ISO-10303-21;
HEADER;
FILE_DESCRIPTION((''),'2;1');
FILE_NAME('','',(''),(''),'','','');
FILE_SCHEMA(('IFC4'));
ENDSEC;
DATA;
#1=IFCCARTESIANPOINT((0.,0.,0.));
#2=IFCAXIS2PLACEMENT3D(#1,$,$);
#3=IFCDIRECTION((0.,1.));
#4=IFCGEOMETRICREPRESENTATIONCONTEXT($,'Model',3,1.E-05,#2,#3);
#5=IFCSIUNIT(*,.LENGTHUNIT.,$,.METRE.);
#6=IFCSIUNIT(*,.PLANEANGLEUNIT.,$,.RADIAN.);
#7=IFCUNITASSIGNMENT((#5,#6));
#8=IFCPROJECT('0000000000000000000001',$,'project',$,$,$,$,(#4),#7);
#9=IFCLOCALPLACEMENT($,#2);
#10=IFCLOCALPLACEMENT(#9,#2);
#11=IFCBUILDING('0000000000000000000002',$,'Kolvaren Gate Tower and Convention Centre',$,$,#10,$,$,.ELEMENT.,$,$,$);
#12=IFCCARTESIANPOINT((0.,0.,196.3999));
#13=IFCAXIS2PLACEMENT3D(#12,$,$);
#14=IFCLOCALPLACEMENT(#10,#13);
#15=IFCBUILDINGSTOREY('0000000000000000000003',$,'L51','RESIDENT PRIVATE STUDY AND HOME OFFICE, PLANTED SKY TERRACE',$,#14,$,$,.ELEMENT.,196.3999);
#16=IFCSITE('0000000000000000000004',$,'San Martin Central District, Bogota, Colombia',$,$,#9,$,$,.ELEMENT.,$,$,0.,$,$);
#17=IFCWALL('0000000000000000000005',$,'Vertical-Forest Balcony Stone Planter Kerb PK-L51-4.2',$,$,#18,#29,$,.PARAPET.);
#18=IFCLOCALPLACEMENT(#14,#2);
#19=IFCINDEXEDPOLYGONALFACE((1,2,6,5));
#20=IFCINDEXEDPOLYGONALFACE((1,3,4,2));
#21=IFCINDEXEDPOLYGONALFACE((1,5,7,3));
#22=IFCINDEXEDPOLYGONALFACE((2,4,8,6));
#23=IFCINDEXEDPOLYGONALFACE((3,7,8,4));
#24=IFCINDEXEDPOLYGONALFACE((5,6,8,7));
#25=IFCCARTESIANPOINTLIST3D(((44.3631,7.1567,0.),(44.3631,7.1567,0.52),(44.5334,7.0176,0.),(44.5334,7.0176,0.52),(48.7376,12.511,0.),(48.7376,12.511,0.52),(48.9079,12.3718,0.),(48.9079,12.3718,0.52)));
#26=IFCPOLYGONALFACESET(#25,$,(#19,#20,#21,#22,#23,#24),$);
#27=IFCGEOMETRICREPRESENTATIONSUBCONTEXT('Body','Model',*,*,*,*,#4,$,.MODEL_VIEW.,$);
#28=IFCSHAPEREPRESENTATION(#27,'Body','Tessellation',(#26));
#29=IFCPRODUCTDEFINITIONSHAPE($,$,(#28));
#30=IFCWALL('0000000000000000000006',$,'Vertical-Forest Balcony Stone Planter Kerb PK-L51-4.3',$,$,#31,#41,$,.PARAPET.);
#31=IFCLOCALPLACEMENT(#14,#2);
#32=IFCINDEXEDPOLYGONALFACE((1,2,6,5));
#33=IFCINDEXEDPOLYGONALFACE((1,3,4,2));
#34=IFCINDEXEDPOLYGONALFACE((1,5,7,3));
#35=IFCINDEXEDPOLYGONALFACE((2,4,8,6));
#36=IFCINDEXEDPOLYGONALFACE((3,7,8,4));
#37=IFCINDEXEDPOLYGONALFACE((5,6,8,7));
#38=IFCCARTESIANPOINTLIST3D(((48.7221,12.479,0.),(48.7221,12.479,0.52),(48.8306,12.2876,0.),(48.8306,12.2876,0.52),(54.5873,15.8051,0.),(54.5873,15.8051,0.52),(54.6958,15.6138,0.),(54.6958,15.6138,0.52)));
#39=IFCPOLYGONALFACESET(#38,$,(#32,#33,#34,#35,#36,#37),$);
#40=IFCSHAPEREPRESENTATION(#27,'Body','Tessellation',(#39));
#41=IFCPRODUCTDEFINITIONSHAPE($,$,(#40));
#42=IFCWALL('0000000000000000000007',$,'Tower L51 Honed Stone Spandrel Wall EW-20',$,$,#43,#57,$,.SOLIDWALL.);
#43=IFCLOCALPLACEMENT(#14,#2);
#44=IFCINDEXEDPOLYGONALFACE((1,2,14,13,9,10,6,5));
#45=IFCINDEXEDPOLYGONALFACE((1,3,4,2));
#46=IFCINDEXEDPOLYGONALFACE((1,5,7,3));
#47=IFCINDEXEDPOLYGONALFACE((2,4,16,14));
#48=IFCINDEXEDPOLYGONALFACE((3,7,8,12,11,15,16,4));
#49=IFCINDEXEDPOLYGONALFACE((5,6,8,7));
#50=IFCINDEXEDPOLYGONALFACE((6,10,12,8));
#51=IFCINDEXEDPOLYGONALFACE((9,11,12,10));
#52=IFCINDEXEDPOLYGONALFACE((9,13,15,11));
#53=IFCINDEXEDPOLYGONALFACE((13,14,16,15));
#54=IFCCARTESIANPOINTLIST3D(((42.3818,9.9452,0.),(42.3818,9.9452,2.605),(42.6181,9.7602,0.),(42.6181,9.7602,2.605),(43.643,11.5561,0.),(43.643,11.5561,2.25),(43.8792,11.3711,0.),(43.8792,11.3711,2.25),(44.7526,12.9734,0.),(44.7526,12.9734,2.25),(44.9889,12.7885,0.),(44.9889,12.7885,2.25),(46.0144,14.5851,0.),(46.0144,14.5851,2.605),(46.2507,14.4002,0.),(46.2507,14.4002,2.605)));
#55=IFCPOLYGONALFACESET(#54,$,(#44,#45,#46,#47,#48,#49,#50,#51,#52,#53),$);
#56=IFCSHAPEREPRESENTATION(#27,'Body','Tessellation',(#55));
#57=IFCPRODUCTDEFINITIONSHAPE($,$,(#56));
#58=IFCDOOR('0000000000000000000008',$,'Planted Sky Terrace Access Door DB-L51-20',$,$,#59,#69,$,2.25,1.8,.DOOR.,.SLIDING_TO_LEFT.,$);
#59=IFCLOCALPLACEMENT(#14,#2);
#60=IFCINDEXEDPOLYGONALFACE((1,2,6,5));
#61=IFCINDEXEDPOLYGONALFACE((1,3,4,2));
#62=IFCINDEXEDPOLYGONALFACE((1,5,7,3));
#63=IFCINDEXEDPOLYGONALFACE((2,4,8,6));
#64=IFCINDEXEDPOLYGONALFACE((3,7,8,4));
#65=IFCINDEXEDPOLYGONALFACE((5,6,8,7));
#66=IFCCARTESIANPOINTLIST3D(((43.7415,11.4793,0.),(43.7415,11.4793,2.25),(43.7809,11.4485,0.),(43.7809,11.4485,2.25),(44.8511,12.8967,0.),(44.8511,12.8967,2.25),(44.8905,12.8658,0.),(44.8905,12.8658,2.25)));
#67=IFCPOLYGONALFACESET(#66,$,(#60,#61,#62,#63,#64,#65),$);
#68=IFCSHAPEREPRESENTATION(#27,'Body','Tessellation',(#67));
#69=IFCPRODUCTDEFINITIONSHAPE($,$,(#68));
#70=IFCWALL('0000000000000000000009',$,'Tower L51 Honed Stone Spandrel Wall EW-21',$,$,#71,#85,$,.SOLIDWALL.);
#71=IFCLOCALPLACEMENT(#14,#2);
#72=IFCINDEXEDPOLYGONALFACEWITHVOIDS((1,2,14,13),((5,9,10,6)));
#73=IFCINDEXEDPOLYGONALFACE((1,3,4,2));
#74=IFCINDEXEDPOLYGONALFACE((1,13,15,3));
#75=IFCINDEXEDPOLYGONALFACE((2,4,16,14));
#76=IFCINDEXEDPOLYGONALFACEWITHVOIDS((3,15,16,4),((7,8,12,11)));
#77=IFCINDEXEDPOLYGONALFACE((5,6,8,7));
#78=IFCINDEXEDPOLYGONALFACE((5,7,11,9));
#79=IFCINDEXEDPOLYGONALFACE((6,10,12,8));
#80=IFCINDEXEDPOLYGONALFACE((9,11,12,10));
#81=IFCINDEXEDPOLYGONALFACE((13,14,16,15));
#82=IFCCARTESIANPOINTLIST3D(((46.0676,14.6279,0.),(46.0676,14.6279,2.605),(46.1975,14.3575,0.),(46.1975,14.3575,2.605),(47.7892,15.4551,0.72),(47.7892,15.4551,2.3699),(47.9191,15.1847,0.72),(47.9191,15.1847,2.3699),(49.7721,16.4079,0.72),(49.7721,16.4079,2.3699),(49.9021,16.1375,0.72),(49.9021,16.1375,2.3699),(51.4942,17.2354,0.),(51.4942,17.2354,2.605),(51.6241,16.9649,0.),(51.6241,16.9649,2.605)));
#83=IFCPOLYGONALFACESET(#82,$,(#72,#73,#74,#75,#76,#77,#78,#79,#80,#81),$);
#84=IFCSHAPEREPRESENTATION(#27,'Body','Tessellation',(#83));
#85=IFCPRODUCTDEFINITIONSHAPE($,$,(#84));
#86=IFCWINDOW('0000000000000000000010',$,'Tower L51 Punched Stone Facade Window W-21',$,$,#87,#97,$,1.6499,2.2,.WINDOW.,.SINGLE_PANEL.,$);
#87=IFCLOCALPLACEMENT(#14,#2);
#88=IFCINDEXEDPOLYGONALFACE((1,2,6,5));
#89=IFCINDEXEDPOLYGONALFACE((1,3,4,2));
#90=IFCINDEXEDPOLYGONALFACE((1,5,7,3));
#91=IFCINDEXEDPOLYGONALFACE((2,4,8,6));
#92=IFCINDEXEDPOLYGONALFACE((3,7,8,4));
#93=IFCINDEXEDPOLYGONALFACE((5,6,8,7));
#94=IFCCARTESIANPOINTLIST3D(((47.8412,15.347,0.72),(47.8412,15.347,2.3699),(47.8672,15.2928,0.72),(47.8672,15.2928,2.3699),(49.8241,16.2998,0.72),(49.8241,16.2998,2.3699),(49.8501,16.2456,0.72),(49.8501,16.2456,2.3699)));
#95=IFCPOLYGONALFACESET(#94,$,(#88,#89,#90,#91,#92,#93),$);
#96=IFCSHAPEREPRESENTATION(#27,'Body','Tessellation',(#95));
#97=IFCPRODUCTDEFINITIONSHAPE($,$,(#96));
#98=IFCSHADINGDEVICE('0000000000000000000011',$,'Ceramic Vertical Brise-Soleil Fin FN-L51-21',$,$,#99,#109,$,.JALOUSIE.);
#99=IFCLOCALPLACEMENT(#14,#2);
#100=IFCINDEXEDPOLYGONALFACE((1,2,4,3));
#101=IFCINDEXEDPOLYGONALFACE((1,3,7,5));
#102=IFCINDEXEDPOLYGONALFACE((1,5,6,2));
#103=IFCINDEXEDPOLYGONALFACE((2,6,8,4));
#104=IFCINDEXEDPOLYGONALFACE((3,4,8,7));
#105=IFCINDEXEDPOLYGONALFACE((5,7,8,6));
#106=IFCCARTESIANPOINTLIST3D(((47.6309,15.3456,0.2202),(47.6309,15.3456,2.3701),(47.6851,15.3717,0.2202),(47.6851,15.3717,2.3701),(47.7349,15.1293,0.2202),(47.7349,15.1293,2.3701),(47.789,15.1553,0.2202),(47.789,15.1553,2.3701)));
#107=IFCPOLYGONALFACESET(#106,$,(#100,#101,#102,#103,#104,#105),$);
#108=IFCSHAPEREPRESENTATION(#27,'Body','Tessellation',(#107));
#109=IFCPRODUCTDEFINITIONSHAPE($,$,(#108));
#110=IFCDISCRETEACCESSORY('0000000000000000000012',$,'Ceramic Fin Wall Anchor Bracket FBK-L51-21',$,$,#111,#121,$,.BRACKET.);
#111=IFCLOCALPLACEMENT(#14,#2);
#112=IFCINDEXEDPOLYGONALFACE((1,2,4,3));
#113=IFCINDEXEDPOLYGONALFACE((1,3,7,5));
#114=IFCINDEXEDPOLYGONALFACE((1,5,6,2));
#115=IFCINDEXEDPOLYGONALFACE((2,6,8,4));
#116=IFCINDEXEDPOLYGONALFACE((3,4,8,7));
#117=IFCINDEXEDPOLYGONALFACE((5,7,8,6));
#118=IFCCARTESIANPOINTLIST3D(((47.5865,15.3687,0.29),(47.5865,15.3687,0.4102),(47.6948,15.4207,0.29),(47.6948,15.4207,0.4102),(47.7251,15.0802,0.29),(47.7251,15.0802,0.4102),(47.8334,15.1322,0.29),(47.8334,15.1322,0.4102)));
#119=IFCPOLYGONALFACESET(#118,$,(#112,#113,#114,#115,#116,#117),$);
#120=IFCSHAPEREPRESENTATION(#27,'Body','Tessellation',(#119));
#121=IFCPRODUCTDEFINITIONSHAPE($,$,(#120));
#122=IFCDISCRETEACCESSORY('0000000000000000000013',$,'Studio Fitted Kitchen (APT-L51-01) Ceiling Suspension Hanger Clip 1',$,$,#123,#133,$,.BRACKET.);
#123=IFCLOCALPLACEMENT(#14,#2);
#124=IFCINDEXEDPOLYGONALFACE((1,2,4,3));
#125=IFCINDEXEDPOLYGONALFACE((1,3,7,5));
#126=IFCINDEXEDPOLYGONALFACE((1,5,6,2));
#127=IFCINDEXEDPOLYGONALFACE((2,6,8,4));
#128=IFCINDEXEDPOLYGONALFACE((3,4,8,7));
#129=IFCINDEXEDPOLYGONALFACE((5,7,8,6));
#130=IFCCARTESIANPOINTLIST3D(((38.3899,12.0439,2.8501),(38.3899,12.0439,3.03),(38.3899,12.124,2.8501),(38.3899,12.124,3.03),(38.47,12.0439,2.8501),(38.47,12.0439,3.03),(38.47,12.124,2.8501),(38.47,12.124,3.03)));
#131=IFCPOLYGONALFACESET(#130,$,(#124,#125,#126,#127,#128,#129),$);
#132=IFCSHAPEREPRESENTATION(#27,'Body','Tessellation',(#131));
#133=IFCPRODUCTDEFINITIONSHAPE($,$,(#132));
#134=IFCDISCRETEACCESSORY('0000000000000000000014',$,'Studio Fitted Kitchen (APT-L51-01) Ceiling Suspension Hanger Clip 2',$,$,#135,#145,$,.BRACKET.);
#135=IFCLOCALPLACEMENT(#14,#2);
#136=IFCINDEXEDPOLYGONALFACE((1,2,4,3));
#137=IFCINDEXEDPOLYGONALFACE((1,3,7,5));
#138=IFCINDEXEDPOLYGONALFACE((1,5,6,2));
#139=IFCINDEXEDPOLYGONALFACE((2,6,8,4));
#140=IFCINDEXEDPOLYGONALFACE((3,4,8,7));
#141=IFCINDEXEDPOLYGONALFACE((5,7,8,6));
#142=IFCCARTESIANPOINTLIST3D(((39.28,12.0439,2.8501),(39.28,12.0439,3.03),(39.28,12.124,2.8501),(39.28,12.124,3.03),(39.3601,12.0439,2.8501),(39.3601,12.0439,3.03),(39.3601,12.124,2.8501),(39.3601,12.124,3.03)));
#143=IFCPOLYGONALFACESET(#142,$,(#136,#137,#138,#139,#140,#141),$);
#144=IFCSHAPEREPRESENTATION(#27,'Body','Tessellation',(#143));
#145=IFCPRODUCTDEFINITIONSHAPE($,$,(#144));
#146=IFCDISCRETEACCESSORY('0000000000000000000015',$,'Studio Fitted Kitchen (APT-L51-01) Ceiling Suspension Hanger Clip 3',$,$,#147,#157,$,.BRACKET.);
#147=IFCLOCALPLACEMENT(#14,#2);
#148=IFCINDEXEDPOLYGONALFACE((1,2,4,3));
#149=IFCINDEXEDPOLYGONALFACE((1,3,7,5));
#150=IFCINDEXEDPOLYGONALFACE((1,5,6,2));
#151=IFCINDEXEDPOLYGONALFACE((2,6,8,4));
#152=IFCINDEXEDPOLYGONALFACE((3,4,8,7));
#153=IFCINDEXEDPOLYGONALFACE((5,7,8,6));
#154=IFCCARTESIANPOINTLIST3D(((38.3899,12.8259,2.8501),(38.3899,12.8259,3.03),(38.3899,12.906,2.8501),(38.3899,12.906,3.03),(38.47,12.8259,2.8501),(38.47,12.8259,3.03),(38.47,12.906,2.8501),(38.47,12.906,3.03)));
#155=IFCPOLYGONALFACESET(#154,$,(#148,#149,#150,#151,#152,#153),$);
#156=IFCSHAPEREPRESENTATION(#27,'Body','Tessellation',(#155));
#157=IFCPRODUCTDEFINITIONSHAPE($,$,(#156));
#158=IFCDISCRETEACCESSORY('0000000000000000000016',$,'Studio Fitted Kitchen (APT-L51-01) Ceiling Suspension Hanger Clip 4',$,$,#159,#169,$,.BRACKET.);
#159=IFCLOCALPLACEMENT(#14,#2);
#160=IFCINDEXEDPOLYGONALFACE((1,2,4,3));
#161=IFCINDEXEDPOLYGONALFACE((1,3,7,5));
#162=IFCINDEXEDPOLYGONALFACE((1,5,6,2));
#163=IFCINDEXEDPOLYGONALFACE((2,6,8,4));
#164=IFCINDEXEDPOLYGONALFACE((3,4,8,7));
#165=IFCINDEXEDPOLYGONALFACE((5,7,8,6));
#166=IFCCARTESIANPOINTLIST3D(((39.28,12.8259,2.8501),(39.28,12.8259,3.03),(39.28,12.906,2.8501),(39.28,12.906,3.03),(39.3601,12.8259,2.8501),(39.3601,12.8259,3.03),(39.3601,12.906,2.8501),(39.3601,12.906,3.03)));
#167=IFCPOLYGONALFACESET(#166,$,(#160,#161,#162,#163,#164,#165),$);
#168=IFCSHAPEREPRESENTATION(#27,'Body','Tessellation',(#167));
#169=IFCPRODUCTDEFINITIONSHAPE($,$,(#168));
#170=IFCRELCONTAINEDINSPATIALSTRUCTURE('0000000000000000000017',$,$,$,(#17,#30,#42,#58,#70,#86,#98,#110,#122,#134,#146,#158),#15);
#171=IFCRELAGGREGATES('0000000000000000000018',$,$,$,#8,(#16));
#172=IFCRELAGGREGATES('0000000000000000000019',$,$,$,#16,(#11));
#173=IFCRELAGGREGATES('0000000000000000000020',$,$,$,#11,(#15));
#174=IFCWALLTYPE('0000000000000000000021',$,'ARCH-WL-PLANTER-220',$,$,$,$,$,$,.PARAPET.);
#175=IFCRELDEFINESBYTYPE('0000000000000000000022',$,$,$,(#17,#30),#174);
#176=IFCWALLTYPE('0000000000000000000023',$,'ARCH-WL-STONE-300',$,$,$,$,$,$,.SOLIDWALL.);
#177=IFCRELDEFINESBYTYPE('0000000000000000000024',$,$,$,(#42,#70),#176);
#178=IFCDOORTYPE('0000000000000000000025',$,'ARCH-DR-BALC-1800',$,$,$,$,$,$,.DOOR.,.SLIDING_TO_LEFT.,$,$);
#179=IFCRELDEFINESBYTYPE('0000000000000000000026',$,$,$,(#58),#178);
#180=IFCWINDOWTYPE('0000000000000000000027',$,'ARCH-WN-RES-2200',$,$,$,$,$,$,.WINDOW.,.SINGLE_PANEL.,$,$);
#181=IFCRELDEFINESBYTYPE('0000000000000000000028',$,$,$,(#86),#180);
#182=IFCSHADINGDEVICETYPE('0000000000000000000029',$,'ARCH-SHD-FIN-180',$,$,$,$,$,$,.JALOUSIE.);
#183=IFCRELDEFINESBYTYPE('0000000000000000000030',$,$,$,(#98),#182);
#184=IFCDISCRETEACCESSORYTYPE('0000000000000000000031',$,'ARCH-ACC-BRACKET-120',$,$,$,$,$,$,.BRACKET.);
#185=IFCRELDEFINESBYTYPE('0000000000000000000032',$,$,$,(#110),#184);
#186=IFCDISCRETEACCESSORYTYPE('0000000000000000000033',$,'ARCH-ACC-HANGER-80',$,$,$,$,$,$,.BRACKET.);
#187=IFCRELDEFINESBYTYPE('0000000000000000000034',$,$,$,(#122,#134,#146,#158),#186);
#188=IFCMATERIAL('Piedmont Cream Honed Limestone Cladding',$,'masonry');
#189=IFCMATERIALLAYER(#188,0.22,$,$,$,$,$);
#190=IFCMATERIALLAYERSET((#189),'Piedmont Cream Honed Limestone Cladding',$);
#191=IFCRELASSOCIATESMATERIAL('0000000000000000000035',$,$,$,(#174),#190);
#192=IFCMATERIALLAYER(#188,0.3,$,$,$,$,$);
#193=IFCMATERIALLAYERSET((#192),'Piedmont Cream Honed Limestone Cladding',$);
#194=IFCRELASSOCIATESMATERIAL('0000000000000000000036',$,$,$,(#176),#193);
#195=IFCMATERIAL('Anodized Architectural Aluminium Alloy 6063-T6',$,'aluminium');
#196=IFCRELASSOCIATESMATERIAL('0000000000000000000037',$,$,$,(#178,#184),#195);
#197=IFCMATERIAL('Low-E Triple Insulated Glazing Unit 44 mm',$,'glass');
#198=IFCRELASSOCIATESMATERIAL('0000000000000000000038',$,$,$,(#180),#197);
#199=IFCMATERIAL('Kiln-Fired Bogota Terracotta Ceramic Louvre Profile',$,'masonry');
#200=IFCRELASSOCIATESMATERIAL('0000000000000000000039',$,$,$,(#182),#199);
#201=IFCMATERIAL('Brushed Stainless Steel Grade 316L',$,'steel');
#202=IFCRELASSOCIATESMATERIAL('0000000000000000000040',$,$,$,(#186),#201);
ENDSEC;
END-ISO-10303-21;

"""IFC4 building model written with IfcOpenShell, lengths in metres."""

from ifc_helpers import new_model, si_unit, direction, frame, frame_2d, origin, origin_2d, place, context, subcontext, project, spatial, rectangle, extrude, material, layer, layer_set, type_object, element, fill, save


model = new_model("IFC4")

# Units and contexts
model_context = context("Model", 3, precision=1e-05, world=origin(), true_north=direction((0.0, 1.0)))
body_context = subcontext(model_context, "Body", "Model", "MODEL_VIEW")
ifc_project = project(units=[si_unit("LENGTHUNIT", "METRE"), si_unit("PLANEANGLEUNIT", "RADIAN")], contexts=[model_context])

# Site, building, storey
site_placement = place(None, origin())
site = spatial("IfcSite", under=ifc_project, at=site_placement, Name="San Martin Central District, Bogota, Colombia", CompositionType="ELEMENT", RefElevation=0.0)
building_placement = place(site_placement, origin())
building = spatial("IfcBuilding", under=site, at=building_placement, Name="Kolvaren Gate Tower and Convention Centre", CompositionType="ELEMENT")
storey_placement = place(building_placement, frame((0.0, 0.0, 196.3999)))
storey = spatial("IfcBuildingStorey", under=building, at=storey_placement, Name="L51", Description="RESIDENT PRIVATE STUDY AND HOME OFFICE, PLANTED SKY TERRACE", CompositionType="ELEMENT", Elevation=196.3999)

# Walls
ifc_material_1 = material(Name="Piedmont Cream Honed Limestone Cladding", Category="masonry")
ifc_layer_1 = layer(ifc_material_1, 0.22)
ifc_layer_set_1 = layer_set([ifc_layer_1], Name="Piedmont Cream Honed Limestone Cladding")
wall_type_1 = type_object("IfcWallType", Name="ARCH-WL-PLANTER-220", PredefinedType="PARAPET", material=ifc_layer_set_1)
wall_1_placement = place(storey_placement, frame((44.4482, 7.0872, 0.0), z_axis=(0.0, 0.0, 1.0), x_axis=(0.632697, 0.774399, 0.0)))
element("IfcWall", 1, at=wall_1_placement, inside=storey, type_object=wall_type_1, Name="Vertical-Forest Balcony Stone Planter Kerb PK-L51-4.2", PredefinedType="PARAPET", context=body_context, shape_type="SweptSolid", body=[
    extrude(rectangle(XDim=6.9141, YDim=0.22, at=frame_2d((3.457, 0.0))), origin(), (0.0, 0.0, 1.0), 0.52),
])
wall_2_placement = place(storey_placement, frame((48.7764, 12.3833, 0.0), z_axis=(0.0, 0.0, 1.0), x_axis=(0.869861, 0.493298, 0.0)))
element("IfcWall", 2, at=wall_2_placement, inside=storey, type_object=wall_type_1, Name="Vertical-Forest Balcony Stone Planter Kerb PK-L51-4.3", PredefinedType="PARAPET", context=body_context, shape_type="SweptSolid", body=[
    extrude(rectangle(XDim=6.7427, YDim=0.22, at=frame_2d((3.3713, 0.0))), origin(), (0.0, 0.0, 1.0), 0.52),
])

# Wall, opening, door
ifc_layer_2 = layer(ifc_material_1, 0.3)
ifc_layer_set_2 = layer_set([ifc_layer_2], Name="Piedmont Cream Honed Limestone Cladding")
wall_type_2 = type_object("IfcWallType", Name="ARCH-WL-STONE-300", PredefinedType="SOLIDWALL", material=ifc_layer_set_2)
wall_3_placement = place(storey_placement, frame((42.5, 9.8528, 0.0), z_axis=(0.0, 0.0, 1.0), x_axis=(0.61645, 0.787394, 0.0)))
wall_3 = element("IfcWall", 3, at=wall_3_placement, inside=storey, type_object=wall_type_2, Name="Tower L51 Honed Stone Spandrel Wall EW-20", PredefinedType="SOLIDWALL", context=body_context, shape_type="SweptSolid", body=[
    extrude(rectangle(XDim=5.8928, YDim=0.3, at=frame_2d((2.9463, 0.0))), origin(), (0.0, 0.0, 1.0), 2.605),
])
opening_1_placement = place(wall_3_placement, frame((2.0459, 0.0, 0.0)))
opening_1 = element("IfcOpeningElement", 4, at=opening_1_placement, cuts=wall_3, PredefinedType="OPENING", context=body_context, shape_type="SweptSolid", body=[
    extrude(rectangle(XDim=1.8, YDim=2.25, at=frame_2d((0.8999, 1.125))), frame((0.0, 0.1599, 0.0), z_axis=(0.0, -1.0, 0.0), x_axis=(1.0, 0.0, 0.0)), (0.0, 0.0, 1.0), 0.3201),
])
ifc_material_2 = material(Name="Anodized Architectural Aluminium Alloy 6063-T6", Category="aluminium")
door_type = type_object("IfcDoorType", Name="ARCH-DR-BALC-1800", OperationType="SLIDING_TO_LEFT", PredefinedType="DOOR", material=ifc_material_2)
door_placement = place(opening_1_placement, frame((1.8, 0.0, 0.0), z_axis=(0.0, 0.0, 1.0), x_axis=(-1.0, 0.0, 0.0)))
door = element("IfcDoor", 5, at=door_placement, inside=storey, type_object=door_type, Name="Planted Sky Terrace Access Door DB-L51-20", OperationType="SLIDING_TO_LEFT", OverallHeight=2.25, OverallWidth=1.8, PredefinedType="DOOR", context=body_context, shape_type="SweptSolid", body=[
    extrude(rectangle(XDim=1.8, YDim=2.25, at=frame_2d((0.8999, 1.125))), frame((0.0, 0.0249, 0.0), z_axis=(0.0, -1.0, 0.0), x_axis=(1.0, 0.0, 0.0)), (0.0, 0.0, 1.0), 0.05),
])
fill(opening_1, door)

# Wall, opening, window
wall_4_placement = place(storey_placement, frame((46.1326, 14.4927, 0.0), z_axis=(0.0, 0.0, 1.0), x_axis=(0.901348, 0.433095, 0.0)))
wall_4 = element("IfcWall", 6, at=wall_4_placement, inside=storey, type_object=wall_type_2, Name="Tower L51 Honed Stone Spandrel Wall EW-21", PredefinedType="SOLIDWALL", context=body_context, shape_type="SweptSolid", body=[
    extrude(rectangle(XDim=6.0205, YDim=0.3, at=frame_2d((3.0103, 0.0))), origin(), (0.0, 0.0, 1.0), 2.605),
])
opening_2_placement = place(wall_4_placement, frame((1.9099, 0.0, 0.72)))
opening_2 = element("IfcOpeningElement", 7, at=opening_2_placement, cuts=wall_4, PredefinedType="OPENING", context=body_context, shape_type="SweptSolid", body=[
    extrude(rectangle(XDim=2.2, YDim=1.6499, at=frame_2d((1.1001, 0.825))), frame((0.0, 0.1599, 0.0), z_axis=(0.0, -1.0, 0.0), x_axis=(1.0, 0.0, 0.0)), (0.0, 0.0, 1.0), 0.3201),
])
ifc_material_3 = material(Name="Low-E Triple Insulated Glazing Unit 44 mm", Category="glass")
window_type = type_object("IfcWindowType", Name="ARCH-WN-RES-2200", PartitioningType="SINGLE_PANEL", PredefinedType="WINDOW", material=ifc_material_3)
window_placement = place(opening_2_placement, origin())
window = element("IfcWindow", 8, at=window_placement, inside=storey, type_object=window_type, Name="Tower L51 Punched Stone Facade Window W-21", OverallHeight=1.6499, OverallWidth=2.2, PartitioningType="SINGLE_PANEL", PredefinedType="WINDOW", context=body_context, shape_type="SweptSolid", body=[
    extrude(rectangle(XDim=2.2, YDim=1.6499, at=frame_2d((1.1001, 0.825))), frame((0.0, 0.03, 0.0), z_axis=(0.0, -1.0, 0.0), x_axis=(1.0, 0.0, 0.0)), (0.0, 0.0, 1.0), 0.0601),
])
fill(opening_2, window)

# Shading device
ifc_material_4 = material(Name="Kiln-Fired Bogota Terracotta Ceramic Louvre Profile", Category="masonry")
shading_device_type = type_object("IfcShadingDeviceType", Name="ARCH-SHD-FIN-180", PredefinedType="JALOUSIE", material=ifc_material_4)
shading_device_placement = place(storey_placement, frame((47.71, 15.2505, 0.2202), z_axis=(0.0, 0.0, 1.0), x_axis=(0.901359, 0.433072, 0.0)))
element("IfcShadingDevice", 9, at=shading_device_placement, inside=storey, type_object=shading_device_type, Name="Ceramic Vertical Brise-Soleil Fin FN-L51-21", PredefinedType="JALOUSIE", context=body_context, shape_type="SweptSolid", body=[
    extrude(rectangle(XDim=0.0601, YDim=0.24, at=origin_2d()), origin(), (0.0, 0.0, 1.0), 2.1499),
])

# Discrete accessories
discrete_accessory_type_1 = type_object("IfcDiscreteAccessoryType", Name="ARCH-ACC-BRACKET-120", PredefinedType="BRACKET", material=ifc_material_2)
discrete_accessory_placement = place(storey_placement, frame((47.71, 15.2505, 0.29), z_axis=(0.0, 0.0, 1.0), x_axis=(0.901359, 0.433072, 0.0)))
element("IfcDiscreteAccessory", 10, at=discrete_accessory_placement, inside=storey, type_object=discrete_accessory_type_1, Name="Ceramic Fin Wall Anchor Bracket FBK-L51-21", PredefinedType="BRACKET", context=body_context, shape_type="SweptSolid", body=[
    extrude(rectangle(XDim=0.1201, YDim=0.3201, at=origin_2d()), origin(), (0.0, 0.0, 1.0), 0.1201),
])
ifc_material_5 = material(Name="Brushed Stainless Steel Grade 316L", Category="steel")
discrete_accessory_type_2 = type_object("IfcDiscreteAccessoryType", Name="ARCH-ACC-HANGER-80", PredefinedType="BRACKET", material=ifc_material_5)
for number, where, z_axis, x_axis, name in (
    (11, (38.4299, 12.084, 2.8501), (0.0, 0.0, 1.0), (1.0, 0.0, 0.0), "Studio Fitted Kitchen (APT-L51-01) Ceiling Suspension Hanger Clip 1"),
    (12, (39.3201, 12.084, 2.8501), (0.0, 0.0, 1.0), (1.0, 0.0, 0.0), "Studio Fitted Kitchen (APT-L51-01) Ceiling Suspension Hanger Clip 2"),
    (13, (38.4299, 12.866, 2.8501), (0.0, 0.0, 1.0), (1.0, 0.0, 0.0), "Studio Fitted Kitchen (APT-L51-01) Ceiling Suspension Hanger Clip 3"),
    (14, (39.3201, 12.866, 2.8501), (0.0, 0.0, 1.0), (1.0, 0.0, 0.0), "Studio Fitted Kitchen (APT-L51-01) Ceiling Suspension Hanger Clip 4"),
):
    element("IfcDiscreteAccessory", number, at=place(storey_placement, frame(where, z_axis=z_axis, x_axis=x_axis)), inside=storey, type_object=discrete_accessory_type_2, Name=name, PredefinedType="BRACKET", context=body_context, shape_type="SweptSolid", body=[
        extrude(rectangle(XDim=0.0801, YDim=0.0801, at=origin_2d()), origin(), (0.0, 0.0, 1.0), 0.1799),
    ])

save(model, "model.ifc")
